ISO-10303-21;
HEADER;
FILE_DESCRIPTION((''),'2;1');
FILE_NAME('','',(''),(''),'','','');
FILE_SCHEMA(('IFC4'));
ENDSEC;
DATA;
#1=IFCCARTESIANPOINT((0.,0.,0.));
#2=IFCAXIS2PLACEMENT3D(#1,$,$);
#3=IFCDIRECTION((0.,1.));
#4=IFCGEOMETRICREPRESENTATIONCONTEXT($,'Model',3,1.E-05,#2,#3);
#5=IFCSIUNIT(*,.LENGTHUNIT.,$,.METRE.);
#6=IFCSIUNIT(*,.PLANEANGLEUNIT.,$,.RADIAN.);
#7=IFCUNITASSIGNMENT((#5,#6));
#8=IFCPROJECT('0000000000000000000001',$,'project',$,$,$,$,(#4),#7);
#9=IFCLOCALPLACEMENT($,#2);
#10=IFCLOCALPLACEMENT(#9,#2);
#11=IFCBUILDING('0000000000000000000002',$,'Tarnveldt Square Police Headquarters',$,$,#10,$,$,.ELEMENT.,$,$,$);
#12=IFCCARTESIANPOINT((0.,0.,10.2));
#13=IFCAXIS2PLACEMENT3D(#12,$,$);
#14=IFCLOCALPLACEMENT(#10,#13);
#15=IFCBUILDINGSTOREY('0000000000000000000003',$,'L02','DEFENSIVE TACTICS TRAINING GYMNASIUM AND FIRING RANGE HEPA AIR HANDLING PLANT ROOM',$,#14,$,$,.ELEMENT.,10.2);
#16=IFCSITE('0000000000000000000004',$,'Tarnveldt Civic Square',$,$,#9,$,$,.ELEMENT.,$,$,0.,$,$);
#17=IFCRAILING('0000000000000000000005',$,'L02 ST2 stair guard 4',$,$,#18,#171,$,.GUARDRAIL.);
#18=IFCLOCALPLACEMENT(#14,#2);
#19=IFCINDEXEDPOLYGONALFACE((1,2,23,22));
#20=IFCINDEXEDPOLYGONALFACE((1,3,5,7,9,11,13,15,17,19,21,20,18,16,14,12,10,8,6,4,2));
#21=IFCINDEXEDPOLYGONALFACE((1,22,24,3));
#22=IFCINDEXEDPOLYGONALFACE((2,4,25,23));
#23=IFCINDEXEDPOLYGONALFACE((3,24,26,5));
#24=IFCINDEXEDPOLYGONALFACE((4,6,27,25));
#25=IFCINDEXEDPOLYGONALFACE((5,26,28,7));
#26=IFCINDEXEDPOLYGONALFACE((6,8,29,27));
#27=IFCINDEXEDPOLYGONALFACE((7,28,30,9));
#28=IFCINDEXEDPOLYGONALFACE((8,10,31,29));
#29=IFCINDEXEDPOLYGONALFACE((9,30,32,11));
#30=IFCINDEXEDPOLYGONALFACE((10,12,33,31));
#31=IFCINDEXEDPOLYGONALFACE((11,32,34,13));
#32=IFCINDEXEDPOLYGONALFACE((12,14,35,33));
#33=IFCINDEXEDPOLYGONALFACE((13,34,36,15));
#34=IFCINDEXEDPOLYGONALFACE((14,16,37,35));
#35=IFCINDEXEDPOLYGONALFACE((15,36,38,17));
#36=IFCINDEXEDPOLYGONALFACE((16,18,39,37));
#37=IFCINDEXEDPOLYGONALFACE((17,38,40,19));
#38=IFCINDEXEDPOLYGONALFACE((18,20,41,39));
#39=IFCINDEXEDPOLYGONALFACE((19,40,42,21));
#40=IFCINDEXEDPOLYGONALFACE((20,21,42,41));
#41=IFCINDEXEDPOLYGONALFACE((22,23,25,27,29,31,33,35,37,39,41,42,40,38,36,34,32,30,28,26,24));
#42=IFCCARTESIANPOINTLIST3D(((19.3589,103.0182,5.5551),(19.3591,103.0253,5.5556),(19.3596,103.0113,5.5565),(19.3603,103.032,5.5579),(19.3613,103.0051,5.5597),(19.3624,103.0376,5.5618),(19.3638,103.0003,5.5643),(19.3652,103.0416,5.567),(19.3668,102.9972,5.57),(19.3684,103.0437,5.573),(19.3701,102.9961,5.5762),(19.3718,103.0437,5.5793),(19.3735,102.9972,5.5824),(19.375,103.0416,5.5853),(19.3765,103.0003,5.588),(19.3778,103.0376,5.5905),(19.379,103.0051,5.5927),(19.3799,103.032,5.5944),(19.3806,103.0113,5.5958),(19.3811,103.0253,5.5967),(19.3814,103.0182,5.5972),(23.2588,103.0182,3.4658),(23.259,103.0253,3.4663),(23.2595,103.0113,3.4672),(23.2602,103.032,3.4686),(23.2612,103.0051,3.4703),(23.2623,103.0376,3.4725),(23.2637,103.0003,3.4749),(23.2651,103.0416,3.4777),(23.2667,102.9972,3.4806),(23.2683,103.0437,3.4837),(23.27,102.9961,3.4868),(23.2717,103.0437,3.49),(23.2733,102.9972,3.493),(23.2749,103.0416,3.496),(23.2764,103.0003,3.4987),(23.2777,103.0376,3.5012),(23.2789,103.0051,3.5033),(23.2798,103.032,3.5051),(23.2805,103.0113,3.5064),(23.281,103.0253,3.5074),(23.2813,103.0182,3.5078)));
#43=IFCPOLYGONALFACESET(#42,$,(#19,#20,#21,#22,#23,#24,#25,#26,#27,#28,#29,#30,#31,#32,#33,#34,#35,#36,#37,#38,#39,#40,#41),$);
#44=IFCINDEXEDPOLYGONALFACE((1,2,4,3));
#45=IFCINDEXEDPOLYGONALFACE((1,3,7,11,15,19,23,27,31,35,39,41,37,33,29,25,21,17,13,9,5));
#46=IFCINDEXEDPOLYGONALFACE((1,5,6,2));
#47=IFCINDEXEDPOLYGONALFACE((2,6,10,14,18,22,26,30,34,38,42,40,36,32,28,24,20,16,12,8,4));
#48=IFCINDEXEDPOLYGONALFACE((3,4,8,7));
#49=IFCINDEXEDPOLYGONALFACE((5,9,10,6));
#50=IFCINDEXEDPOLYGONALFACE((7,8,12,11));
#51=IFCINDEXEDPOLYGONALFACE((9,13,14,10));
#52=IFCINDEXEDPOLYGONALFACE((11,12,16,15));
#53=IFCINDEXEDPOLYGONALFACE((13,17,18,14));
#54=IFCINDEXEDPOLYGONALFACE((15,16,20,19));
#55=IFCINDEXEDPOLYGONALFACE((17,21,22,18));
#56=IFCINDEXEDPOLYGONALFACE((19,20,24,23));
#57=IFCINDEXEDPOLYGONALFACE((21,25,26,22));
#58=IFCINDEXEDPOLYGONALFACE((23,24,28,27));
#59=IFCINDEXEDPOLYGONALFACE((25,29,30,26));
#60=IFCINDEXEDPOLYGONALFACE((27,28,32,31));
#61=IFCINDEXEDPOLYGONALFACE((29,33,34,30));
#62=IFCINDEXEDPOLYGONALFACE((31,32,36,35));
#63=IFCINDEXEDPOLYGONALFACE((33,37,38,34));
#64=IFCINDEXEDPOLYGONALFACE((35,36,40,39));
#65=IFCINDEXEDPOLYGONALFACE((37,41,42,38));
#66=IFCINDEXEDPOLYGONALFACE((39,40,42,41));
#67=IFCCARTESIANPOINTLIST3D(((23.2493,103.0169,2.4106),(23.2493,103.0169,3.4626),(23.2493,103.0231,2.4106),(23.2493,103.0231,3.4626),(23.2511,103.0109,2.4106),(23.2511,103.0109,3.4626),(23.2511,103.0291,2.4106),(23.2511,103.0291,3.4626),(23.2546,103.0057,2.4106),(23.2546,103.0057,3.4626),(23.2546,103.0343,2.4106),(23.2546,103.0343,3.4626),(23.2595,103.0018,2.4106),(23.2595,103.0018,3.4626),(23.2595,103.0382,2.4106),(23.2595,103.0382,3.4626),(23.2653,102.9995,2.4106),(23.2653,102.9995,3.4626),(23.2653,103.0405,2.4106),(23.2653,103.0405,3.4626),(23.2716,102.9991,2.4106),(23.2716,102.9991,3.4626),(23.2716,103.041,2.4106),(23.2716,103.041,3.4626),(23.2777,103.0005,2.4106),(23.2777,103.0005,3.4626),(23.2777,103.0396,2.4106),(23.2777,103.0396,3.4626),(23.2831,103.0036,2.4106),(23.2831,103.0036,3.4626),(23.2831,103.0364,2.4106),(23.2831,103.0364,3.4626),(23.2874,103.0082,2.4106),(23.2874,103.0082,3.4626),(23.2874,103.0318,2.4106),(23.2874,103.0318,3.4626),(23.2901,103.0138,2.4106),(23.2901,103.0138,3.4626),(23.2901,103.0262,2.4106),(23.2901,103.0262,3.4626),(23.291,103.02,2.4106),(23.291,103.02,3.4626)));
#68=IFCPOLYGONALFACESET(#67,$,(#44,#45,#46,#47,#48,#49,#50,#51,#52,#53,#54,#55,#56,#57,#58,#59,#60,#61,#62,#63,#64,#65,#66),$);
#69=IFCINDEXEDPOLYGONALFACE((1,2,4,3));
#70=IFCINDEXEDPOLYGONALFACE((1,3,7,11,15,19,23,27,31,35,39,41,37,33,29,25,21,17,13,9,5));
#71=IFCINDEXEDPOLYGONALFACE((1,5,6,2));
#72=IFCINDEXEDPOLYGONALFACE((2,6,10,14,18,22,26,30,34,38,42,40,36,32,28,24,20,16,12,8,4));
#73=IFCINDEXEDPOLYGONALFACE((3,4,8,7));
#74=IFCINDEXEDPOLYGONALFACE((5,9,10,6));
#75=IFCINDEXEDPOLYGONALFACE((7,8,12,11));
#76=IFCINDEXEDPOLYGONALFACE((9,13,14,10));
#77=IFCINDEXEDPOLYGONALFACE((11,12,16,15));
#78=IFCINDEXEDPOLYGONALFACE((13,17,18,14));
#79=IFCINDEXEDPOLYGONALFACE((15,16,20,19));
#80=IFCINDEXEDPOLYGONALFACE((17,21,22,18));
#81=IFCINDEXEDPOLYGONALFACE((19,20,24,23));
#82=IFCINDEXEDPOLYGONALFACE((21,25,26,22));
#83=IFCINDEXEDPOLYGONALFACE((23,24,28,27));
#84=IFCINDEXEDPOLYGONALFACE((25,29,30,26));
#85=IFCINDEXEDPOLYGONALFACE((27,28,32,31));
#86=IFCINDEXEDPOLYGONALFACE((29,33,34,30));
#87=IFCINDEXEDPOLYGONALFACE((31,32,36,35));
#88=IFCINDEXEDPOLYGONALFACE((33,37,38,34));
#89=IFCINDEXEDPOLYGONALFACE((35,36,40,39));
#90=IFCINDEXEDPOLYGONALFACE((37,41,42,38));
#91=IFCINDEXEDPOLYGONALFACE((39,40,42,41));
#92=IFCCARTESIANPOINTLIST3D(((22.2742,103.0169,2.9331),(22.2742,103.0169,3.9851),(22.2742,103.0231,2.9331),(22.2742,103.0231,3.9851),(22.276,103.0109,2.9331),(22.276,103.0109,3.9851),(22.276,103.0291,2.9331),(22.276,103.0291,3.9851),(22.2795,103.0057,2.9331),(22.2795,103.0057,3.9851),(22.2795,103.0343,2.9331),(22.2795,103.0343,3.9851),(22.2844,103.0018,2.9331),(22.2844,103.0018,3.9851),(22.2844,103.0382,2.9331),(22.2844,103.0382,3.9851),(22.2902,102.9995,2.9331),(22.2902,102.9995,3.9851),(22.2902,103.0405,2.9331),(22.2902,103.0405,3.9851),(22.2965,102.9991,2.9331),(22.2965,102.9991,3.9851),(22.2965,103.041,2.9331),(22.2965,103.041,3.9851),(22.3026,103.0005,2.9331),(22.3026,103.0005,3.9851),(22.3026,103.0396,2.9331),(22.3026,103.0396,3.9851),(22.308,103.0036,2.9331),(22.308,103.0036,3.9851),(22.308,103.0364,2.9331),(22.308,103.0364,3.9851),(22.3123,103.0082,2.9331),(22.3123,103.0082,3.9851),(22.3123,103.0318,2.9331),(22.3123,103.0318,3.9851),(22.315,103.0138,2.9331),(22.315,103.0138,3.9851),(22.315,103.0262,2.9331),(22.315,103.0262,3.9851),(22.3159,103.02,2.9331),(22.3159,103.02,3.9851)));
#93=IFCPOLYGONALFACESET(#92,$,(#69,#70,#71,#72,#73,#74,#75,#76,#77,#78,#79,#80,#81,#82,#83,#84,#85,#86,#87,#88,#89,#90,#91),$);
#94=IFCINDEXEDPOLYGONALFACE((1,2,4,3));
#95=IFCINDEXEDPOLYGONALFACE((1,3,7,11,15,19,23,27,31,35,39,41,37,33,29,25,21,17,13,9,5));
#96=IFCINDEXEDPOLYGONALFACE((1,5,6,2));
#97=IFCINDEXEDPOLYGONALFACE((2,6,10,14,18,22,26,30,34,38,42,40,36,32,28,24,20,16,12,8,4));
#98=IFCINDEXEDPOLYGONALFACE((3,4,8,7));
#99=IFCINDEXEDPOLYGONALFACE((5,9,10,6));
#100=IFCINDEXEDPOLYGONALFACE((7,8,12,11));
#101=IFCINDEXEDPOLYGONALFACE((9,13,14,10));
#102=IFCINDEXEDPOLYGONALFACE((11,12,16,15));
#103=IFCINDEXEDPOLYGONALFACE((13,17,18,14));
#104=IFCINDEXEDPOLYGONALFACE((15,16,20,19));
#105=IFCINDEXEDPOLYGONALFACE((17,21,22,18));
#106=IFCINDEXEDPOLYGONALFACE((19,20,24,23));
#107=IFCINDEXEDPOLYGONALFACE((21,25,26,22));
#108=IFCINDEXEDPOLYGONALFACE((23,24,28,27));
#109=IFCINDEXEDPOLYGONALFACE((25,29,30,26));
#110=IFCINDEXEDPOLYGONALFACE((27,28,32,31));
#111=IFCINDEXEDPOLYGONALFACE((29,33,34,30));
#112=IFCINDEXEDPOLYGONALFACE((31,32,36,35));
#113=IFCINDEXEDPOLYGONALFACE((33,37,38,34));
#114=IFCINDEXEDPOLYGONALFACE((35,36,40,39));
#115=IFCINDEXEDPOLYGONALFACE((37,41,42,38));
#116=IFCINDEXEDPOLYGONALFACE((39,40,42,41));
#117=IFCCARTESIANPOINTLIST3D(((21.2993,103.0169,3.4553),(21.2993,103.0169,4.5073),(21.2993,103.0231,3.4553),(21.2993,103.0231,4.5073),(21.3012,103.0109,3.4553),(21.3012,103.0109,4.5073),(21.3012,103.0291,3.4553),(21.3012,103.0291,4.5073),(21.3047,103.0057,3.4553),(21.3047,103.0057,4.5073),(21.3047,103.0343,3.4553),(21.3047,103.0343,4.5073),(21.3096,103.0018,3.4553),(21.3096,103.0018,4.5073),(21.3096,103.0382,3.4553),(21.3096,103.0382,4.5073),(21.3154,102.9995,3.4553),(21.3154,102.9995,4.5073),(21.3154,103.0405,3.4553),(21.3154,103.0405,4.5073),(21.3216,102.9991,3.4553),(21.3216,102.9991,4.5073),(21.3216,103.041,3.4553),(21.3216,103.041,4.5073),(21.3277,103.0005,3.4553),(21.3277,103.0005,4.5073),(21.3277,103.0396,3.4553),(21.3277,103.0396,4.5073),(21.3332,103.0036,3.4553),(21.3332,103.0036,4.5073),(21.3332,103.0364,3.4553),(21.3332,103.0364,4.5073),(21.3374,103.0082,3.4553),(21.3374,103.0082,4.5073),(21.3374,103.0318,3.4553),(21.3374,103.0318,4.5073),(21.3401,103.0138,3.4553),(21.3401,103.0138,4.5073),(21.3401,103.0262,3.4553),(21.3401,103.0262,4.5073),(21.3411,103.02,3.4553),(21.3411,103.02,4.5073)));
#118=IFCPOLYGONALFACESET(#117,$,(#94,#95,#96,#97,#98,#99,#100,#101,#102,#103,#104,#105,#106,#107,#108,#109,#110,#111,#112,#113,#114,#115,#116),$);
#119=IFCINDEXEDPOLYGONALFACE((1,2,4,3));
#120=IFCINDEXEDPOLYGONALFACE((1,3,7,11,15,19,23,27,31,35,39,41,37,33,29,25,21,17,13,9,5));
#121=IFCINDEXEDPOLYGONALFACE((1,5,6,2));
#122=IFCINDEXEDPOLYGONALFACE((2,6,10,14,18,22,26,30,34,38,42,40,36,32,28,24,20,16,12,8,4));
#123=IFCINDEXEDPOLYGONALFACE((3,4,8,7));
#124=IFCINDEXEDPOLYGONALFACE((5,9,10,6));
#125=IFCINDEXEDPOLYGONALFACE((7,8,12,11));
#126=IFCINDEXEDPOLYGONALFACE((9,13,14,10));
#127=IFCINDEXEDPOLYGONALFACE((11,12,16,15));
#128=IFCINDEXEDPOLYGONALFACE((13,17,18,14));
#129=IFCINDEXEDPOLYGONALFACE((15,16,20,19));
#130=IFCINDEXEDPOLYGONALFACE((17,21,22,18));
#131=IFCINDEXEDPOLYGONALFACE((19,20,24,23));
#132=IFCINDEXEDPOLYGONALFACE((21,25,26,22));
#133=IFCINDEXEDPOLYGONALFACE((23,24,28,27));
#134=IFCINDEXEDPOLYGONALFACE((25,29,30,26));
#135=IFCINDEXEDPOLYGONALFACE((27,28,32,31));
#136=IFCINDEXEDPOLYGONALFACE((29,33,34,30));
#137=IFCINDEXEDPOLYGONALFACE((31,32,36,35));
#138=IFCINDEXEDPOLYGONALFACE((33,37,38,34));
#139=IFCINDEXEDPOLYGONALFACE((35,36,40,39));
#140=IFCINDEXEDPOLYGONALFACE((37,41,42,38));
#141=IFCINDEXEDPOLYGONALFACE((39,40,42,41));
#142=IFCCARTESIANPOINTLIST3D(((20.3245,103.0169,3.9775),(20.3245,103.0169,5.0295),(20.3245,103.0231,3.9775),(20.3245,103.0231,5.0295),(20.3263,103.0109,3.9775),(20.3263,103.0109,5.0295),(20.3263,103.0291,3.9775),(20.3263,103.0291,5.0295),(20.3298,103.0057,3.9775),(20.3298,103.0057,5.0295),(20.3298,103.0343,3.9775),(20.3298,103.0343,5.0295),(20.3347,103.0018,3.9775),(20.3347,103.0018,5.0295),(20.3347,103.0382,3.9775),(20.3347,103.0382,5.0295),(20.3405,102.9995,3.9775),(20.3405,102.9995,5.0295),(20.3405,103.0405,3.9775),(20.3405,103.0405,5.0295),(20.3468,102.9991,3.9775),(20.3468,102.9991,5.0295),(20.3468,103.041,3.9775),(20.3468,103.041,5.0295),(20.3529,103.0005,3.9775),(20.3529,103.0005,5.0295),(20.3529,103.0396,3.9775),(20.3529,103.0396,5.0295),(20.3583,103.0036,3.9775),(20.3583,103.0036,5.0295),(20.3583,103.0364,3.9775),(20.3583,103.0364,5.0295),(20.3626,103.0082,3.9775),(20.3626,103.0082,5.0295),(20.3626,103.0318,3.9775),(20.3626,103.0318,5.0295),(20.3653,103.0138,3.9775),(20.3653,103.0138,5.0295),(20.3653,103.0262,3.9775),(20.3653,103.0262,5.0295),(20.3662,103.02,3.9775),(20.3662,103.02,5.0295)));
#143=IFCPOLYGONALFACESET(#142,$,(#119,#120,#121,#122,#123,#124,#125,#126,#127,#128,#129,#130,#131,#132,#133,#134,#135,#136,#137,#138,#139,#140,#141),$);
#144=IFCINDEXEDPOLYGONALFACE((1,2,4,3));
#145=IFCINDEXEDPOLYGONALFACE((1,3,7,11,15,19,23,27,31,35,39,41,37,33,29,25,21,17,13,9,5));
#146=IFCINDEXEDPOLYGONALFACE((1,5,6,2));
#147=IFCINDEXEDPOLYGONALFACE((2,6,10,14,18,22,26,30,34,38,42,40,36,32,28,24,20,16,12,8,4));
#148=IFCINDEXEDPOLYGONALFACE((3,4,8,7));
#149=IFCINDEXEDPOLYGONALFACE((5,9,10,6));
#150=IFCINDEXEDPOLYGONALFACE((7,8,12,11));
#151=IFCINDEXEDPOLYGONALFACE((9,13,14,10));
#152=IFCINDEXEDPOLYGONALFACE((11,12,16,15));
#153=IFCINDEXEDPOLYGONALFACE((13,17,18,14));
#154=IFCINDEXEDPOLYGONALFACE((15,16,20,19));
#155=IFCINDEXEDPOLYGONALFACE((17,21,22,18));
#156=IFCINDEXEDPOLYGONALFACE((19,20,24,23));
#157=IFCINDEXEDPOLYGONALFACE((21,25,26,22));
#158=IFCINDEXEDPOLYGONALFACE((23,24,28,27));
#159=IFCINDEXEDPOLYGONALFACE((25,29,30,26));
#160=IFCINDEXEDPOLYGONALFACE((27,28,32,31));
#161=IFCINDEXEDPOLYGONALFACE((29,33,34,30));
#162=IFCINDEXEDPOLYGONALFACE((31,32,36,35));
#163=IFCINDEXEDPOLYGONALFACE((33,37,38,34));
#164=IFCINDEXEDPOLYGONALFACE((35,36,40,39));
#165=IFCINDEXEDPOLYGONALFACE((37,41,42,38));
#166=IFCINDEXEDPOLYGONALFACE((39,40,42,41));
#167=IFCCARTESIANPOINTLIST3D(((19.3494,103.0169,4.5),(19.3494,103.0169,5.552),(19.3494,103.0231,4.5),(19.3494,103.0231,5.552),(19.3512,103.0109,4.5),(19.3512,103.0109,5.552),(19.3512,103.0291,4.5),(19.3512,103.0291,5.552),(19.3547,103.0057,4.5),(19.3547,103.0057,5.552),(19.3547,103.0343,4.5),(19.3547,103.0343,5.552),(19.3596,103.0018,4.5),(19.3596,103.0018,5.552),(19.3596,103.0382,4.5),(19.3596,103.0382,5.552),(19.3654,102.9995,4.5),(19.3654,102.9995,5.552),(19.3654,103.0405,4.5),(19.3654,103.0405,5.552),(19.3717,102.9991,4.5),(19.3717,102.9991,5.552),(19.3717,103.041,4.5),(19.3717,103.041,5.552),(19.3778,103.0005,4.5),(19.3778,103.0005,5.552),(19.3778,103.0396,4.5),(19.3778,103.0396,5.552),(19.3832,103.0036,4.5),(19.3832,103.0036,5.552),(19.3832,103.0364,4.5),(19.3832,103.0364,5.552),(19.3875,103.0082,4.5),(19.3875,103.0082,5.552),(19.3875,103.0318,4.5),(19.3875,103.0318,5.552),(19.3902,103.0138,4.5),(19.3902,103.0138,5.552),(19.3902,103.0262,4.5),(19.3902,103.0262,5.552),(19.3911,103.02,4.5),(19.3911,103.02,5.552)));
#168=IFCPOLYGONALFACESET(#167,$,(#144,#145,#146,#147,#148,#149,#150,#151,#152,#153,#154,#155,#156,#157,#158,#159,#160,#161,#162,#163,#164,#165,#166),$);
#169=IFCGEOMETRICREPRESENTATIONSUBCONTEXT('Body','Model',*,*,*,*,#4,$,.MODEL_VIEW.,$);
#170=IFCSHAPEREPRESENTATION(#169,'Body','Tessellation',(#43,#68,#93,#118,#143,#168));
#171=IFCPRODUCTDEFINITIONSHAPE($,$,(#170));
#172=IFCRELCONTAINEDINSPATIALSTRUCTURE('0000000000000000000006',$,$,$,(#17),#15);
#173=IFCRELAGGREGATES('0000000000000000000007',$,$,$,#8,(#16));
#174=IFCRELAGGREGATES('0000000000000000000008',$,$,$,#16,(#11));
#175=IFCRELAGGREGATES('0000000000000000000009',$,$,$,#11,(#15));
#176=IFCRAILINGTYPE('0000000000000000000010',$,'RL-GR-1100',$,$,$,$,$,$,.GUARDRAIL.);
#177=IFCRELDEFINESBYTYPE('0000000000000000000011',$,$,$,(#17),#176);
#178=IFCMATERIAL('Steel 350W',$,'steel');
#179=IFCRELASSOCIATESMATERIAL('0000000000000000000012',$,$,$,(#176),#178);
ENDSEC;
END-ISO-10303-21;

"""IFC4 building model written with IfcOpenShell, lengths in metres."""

from ifc_helpers import new_model, si_unit, direction, frame, origin, origin_2d, place, context, subcontext, project, spatial, circle, extrude, material, type_object, element, save


model = new_model("IFC4")

# Units and contexts
model_context = context("Model", 3, precision=1e-05, world=origin(), true_north=direction((0.0, 1.0)))
body_context = subcontext(model_context, "Body", "Model", "MODEL_VIEW")
ifc_project = project(units=[si_unit("LENGTHUNIT", "METRE"), si_unit("PLANEANGLEUNIT", "RADIAN")], contexts=[model_context])

# Site, building, storey
site_placement = place(None, origin())
site = spatial("IfcSite", under=ifc_project, at=site_placement, Name="Tarnveldt Civic Square", CompositionType="ELEMENT", RefElevation=0.0)
building_placement = place(site_placement, origin())
building = spatial("IfcBuilding", under=site, at=building_placement, Name="Tarnveldt Square Police Headquarters", CompositionType="ELEMENT")
storey_placement = place(building_placement, frame((0.0, 0.0, 10.2)))
storey = spatial("IfcBuildingStorey", under=building, at=storey_placement, Name="L02", Description="DEFENSIVE TACTICS TRAINING GYMNASIUM AND FIRING RANGE HEPA AIR HANDLING PLANT ROOM", CompositionType="ELEMENT", Elevation=10.2)

# Shared definitions
ifc_material_1 = material(Name="Steel 350W", Category="steel")

# Railing
railing_type_1 = type_object("IfcRailingType", Name="RL-GR-1100", PredefinedType="GUARDRAIL", material=ifc_material_1)
railing_1_placement = place(storey_placement, frame((23.27, 103.02, 2.4106)))
element("IfcRailing", 1, at=railing_1_placement, inside=storey, type_object=railing_type_1, Name="L02 ST2 stair guard 4", PredefinedType="GUARDRAIL", context=body_context, shape_type="SweptSolid", body=[
    extrude(circle(Radius=0.0239, at=origin_2d()), frame((0.0, 0.0, 1.0762), z_axis=(-0.881468, 0.0, 0.472243), x_axis=(0.0, -1.0, 0.0)), (0.0, 0.0, 1.0), 4.4243),
    extrude(circle(Radius=0.021, at=origin_2d()), origin(), (0.0, 0.0, 1.0), 1.052),
    extrude(circle(Radius=0.021, at=origin_2d()), frame((-0.9751, 0.0, 0.5225)), (0.0, 0.0, 1.0), 1.052),
    extrude(circle(Radius=0.021, at=origin_2d()), frame((-1.95, 0.0, 1.0447)), (0.0, 0.0, 1.0), 1.052),
    extrude(circle(Radius=0.021, at=origin_2d()), frame((-2.9248, 0.0, 1.5669)), (0.0, 0.0, 1.0), 1.052),
    extrude(circle(Radius=0.021, at=origin_2d()), frame((-3.8999, 0.0, 2.0894)), (0.0, 0.0, 1.0), 1.052),
])

save(model, "model.ifc")
